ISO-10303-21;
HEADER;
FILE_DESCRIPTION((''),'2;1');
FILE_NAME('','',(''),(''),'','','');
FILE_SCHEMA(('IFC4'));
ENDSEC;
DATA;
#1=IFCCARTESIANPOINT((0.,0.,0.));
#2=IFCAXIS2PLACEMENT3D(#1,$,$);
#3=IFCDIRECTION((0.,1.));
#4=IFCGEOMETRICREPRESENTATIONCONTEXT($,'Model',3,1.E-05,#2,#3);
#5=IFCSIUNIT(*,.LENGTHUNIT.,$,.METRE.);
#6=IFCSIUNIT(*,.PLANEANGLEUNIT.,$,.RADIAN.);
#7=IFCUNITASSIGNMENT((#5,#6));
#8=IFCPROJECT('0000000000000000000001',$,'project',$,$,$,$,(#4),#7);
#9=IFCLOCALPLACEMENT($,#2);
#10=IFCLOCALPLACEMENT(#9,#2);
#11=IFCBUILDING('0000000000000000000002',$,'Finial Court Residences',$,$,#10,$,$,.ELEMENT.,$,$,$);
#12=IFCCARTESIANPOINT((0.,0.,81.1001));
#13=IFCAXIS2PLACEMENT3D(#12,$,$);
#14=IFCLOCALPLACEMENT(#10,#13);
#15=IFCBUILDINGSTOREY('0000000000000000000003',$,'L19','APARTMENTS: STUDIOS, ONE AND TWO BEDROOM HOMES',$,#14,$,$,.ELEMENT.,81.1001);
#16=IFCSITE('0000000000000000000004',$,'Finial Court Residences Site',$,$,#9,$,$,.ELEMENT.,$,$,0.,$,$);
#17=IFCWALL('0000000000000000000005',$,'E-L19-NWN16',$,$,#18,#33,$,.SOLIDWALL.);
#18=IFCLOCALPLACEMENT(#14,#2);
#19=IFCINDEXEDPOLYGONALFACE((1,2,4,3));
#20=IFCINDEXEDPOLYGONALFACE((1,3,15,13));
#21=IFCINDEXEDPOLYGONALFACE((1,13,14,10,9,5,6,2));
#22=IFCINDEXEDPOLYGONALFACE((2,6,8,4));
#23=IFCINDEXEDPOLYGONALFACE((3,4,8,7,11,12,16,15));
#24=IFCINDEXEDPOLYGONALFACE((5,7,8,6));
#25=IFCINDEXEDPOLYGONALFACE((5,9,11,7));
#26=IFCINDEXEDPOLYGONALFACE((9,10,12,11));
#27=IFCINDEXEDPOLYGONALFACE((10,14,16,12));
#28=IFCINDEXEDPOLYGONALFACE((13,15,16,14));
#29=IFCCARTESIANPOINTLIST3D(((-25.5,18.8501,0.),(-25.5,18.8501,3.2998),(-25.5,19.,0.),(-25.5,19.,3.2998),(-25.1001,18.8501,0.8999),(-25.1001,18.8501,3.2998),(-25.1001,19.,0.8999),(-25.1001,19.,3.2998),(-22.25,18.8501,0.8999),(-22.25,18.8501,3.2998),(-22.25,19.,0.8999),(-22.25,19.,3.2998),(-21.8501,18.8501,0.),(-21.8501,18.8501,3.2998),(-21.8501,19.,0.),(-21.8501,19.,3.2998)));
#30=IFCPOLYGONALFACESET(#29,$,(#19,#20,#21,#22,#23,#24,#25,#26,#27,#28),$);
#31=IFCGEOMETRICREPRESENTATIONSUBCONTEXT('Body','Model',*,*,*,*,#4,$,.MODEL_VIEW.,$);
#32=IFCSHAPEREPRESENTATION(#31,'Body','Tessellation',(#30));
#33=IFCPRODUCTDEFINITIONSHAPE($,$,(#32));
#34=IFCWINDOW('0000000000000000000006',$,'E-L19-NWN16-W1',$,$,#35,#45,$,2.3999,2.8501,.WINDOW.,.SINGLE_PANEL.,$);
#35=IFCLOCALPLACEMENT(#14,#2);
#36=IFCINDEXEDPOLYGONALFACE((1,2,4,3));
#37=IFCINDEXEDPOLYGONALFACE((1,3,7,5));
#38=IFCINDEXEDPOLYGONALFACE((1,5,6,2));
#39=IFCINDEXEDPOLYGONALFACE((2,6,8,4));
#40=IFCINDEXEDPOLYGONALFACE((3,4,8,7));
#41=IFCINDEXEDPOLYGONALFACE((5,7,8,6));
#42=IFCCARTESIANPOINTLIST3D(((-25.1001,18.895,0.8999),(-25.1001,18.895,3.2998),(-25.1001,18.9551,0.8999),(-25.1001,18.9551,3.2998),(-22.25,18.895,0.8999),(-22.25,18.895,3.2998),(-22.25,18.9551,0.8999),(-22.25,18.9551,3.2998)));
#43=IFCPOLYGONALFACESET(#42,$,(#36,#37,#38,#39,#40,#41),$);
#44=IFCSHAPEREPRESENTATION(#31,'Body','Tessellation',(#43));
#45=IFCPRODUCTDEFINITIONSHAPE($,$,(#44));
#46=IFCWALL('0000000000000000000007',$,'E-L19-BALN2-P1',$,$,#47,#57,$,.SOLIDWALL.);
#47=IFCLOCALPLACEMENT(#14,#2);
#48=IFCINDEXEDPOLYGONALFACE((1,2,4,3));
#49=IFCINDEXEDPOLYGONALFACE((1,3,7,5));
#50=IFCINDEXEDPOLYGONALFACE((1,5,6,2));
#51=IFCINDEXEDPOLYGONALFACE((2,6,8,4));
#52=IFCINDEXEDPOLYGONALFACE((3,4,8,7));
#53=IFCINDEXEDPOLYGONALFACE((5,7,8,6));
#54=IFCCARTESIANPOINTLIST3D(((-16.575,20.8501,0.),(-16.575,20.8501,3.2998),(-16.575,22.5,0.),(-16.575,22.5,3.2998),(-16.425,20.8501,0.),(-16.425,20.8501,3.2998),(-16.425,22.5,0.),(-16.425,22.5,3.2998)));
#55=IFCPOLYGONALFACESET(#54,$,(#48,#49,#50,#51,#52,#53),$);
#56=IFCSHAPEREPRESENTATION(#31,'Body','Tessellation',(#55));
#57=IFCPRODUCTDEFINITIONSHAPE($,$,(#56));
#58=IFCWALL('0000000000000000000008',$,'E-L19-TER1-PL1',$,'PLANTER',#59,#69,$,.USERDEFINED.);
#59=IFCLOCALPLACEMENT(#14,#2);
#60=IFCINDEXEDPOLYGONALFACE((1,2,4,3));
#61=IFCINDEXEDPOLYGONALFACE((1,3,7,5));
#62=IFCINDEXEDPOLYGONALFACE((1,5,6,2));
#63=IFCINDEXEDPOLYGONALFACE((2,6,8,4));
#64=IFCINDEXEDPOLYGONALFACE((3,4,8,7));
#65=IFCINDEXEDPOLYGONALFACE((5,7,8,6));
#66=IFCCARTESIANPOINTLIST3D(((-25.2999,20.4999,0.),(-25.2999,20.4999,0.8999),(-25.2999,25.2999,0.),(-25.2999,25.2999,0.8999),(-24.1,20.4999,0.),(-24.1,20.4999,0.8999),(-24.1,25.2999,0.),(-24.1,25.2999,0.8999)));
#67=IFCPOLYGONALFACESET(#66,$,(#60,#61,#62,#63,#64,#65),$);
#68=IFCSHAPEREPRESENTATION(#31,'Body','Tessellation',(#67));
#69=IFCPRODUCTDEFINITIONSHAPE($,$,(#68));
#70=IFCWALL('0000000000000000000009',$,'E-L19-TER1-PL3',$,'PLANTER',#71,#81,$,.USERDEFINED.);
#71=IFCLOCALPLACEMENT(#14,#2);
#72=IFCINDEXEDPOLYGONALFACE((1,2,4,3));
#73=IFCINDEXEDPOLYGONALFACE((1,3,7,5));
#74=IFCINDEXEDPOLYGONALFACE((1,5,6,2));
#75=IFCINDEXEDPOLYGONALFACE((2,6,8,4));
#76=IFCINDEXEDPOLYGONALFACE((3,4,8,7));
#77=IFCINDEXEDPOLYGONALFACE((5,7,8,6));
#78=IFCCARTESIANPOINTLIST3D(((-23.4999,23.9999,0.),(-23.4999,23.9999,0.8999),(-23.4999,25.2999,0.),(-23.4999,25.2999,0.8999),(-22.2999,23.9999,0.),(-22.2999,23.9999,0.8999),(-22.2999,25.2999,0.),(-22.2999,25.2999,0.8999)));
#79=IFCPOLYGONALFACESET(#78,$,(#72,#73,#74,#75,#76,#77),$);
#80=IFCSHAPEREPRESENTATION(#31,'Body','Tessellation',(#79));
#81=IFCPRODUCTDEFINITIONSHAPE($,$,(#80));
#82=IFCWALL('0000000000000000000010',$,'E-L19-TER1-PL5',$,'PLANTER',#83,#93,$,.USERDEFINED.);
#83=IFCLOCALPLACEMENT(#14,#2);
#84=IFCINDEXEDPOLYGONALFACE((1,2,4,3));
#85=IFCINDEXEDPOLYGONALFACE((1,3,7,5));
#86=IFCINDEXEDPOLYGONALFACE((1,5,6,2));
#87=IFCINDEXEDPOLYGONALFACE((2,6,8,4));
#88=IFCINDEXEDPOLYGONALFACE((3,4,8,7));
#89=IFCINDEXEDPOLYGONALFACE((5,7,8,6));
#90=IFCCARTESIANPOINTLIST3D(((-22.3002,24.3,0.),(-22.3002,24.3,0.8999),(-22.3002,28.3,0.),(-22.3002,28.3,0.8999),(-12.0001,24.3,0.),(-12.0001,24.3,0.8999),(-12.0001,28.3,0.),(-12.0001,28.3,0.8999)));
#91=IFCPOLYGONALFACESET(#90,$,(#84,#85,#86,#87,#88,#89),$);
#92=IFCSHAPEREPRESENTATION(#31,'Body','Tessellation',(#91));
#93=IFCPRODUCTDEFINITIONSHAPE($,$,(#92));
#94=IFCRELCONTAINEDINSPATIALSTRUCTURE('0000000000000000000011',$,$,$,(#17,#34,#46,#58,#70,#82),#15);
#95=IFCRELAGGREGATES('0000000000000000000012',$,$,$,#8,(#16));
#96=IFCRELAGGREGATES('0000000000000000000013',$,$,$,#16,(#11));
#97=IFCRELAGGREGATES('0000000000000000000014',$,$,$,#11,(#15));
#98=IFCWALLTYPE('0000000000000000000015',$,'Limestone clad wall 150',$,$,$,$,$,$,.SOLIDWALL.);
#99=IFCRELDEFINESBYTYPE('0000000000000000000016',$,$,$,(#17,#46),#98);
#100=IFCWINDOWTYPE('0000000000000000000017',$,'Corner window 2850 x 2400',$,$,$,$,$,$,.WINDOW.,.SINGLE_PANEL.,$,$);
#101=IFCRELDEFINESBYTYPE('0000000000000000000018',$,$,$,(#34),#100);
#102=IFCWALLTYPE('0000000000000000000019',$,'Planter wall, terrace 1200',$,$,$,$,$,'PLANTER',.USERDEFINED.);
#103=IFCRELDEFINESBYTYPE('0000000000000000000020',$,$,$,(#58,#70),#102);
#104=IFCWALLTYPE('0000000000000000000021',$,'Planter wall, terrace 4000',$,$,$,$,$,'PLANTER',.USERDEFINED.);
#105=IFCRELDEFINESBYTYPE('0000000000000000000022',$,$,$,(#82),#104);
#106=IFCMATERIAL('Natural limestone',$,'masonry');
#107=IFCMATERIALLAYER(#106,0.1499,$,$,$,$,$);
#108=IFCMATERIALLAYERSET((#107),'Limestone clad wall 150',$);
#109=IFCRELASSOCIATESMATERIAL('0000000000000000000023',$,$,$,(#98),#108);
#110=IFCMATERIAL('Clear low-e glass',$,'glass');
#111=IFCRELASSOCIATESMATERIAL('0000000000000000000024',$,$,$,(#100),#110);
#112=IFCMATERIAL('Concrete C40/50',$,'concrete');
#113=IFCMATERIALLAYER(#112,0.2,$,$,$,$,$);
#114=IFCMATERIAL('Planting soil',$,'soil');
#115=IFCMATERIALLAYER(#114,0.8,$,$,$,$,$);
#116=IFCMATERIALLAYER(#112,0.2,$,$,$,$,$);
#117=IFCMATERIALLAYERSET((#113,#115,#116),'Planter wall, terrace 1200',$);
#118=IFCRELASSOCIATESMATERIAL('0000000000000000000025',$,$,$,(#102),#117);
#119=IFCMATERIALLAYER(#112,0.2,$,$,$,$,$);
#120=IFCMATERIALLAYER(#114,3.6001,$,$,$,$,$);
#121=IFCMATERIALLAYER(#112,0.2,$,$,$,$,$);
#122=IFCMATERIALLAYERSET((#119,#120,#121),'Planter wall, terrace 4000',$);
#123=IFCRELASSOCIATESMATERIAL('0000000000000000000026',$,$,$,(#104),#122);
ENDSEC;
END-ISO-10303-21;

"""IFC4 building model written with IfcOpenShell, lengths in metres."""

from ifc_helpers import new_model, si_unit, direction, frame, frame_2d, origin, place, context, subcontext, project, spatial, rectangle, extrude, material, layer, layer_set, type_object, element, fill, save


model = new_model("IFC4")

# Units and contexts
model_context = context("Model", 3, precision=1e-05, world=origin(), true_north=direction((0.0, 1.0)))
body_context = subcontext(model_context, "Body", "Model", "MODEL_VIEW")
ifc_project = project(units=[si_unit("LENGTHUNIT", "METRE"), si_unit("PLANEANGLEUNIT", "RADIAN")], contexts=[model_context])

# Site, building, storey
site_placement = place(None, origin())
site = spatial("IfcSite", under=ifc_project, at=site_placement, Name="Finial Court Residences Site", CompositionType="ELEMENT", RefElevation=0.0)
building_placement = place(site_placement, origin())
building = spatial("IfcBuilding", under=site, at=building_placement, Name="Finial Court Residences", CompositionType="ELEMENT")
storey_placement = place(building_placement, frame((0.0, 0.0, 81.1001)))
storey = spatial("IfcBuildingStorey", under=building, at=storey_placement, Name="L19", Description="APARTMENTS: STUDIOS, ONE AND TWO BEDROOM HOMES", CompositionType="ELEMENT", Elevation=81.1001)

# Shared definitions
ifc_material_1 = material(Name="Clear low-e glass", Category="glass")

# Wall, opening, window
ifc_material_2 = material(Name="Natural limestone", Category="masonry")
ifc_layer_1 = layer(ifc_material_2, 0.1499)
ifc_layer_set_1 = layer_set([ifc_layer_1], Name="Limestone clad wall 150")
wall_type_1 = type_object("IfcWallType", Name="Limestone clad wall 150", PredefinedType="SOLIDWALL", material=ifc_layer_set_1)
wall_1_placement = place(storey_placement, frame((-25.5, 18.925, 0.0), z_axis=(0.0, 0.0, 1.0), x_axis=(1.0, 0.0, 0.0)))
wall_1 = element("IfcWall", 1, at=wall_1_placement, inside=storey, type_object=wall_type_1, Name="E-L19-NWN16", PredefinedType="SOLIDWALL", context=body_context, shape_type="SweptSolid", body=[
    extrude(rectangle(XDim=3.6499, YDim=0.1499, at=frame_2d((1.825, 0.0))), origin(), (0.0, 0.0, 1.0), 3.2998),
])
opening_1_placement = place(wall_1_placement, frame((0.3999, 0.0, 0.8999)))
opening_1 = element("IfcOpeningElement", 2, at=opening_1_placement, cuts=wall_1, PredefinedType="OPENING", context=body_context, shape_type="SweptSolid", body=[
    extrude(rectangle(XDim=2.8501, YDim=2.3999, at=frame_2d((1.425, 1.2))), frame((0.0, 0.085, 0.0), z_axis=(0.0, -1.0, 0.0), x_axis=(1.0, 0.0, 0.0)), (0.0, 0.0, 1.0), 0.1699),
])
window_type_1 = type_object("IfcWindowType", Name="Corner window 2850 x 2400", PartitioningType="SINGLE_PANEL", PredefinedType="WINDOW", material=ifc_material_1)
window_1_placement = place(opening_1_placement, origin())
window_1 = element("IfcWindow", 3, at=window_1_placement, inside=storey, type_object=window_type_1, Name="E-L19-NWN16-W1", OverallHeight=2.3999, OverallWidth=2.8501, PartitioningType="SINGLE_PANEL", PredefinedType="WINDOW", context=body_context, shape_type="SweptSolid", body=[
    extrude(rectangle(XDim=2.8501, YDim=2.3999, at=frame_2d((1.425, 1.2))), frame((0.0, 0.03, 0.0), z_axis=(0.0, -1.0, 0.0), x_axis=(1.0, 0.0, 0.0)), (0.0, 0.0, 1.0), 0.0601),
])
fill(opening_1, window_1)

# Wall
wall_2_placement = place(storey_placement, frame((-16.5, 20.8501, 0.0), z_axis=(0.0, 0.0, 1.0), x_axis=(0.0, 1.0, 0.0)))
element("IfcWall", 4, at=wall_2_placement, inside=storey, type_object=wall_type_1, Name="E-L19-BALN2-P1", PredefinedType="SOLIDWALL", context=body_context, shape_type="SweptSolid", body=[
    extrude(rectangle(XDim=1.6499, YDim=0.1499, at=frame_2d((0.825, 0.0))), origin(), (0.0, 0.0, 1.0), 3.2998),
])

# Walls
ifc_material_3 = material(Name="Concrete C40/50", Category="concrete")
ifc_layer_2 = layer(ifc_material_3, 0.2)
ifc_material_4 = material(Name="Planting soil", Category="soil")
ifc_layer_3 = layer(ifc_material_4, 0.8)
ifc_layer_4 = layer(ifc_material_3, 0.2)
ifc_layer_set_2 = layer_set([ifc_layer_2, ifc_layer_3, ifc_layer_4], Name="Planter wall, terrace 1200")
wall_type_2 = type_object("IfcWallType", Name="Planter wall, terrace 1200", ElementType="PLANTER", PredefinedType="USERDEFINED", material=ifc_layer_set_2)
wall_3_placement = place(storey_placement, frame((-24.7, 20.5, 0.0), z_axis=(0.0, 0.0, 1.0), x_axis=(0.0, 1.0, 0.0)))
element("IfcWall", 5, at=wall_3_placement, inside=storey, type_object=wall_type_2, Name="E-L19-TER1-PL1", ObjectType="PLANTER", PredefinedType="USERDEFINED", context=body_context, shape_type="SweptSolid", body=[
    extrude(rectangle(XDim=4.8, YDim=1.2, at=frame_2d((2.3999, 0.0))), origin(), (0.0, 0.0, 1.0), 0.8999),
])
wall_4_placement = place(storey_placement, frame((-22.8999, 24.0, 0.0), z_axis=(0.0, 0.0, 1.0), x_axis=(0.0, 1.0, 0.0)))
element("IfcWall", 6, at=wall_4_placement, inside=storey, type_object=wall_type_2, Name="E-L19-TER1-PL3", ObjectType="PLANTER", PredefinedType="USERDEFINED", context=body_context, shape_type="SweptSolid", body=[
    extrude(rectangle(XDim=1.3, YDim=1.2, at=frame_2d((0.6499, 0.0))), origin(), (0.0, 0.0, 1.0), 0.8999),
])
ifc_layer_5 = layer(ifc_material_3, 0.2)
ifc_layer_6 = layer(ifc_material_4, 3.6001)
ifc_layer_7 = layer(ifc_material_3, 0.2)
ifc_layer_set_3 = layer_set([ifc_layer_5, ifc_layer_6, ifc_layer_7], Name="Planter wall, terrace 4000")
wall_type_3 = type_object("IfcWallType", Name="Planter wall, terrace 4000", ElementType="PLANTER", PredefinedType="USERDEFINED", material=ifc_layer_set_3)
wall_5_placement = place(storey_placement, frame((-22.3, 26.3, 0.0), z_axis=(0.0, 0.0, 1.0), x_axis=(1.0, 0.0, 0.0)))
element("IfcWall", 7, at=wall_5_placement, inside=storey, type_object=wall_type_3, Name="E-L19-TER1-PL5", ObjectType="PLANTER", PredefinedType="USERDEFINED", context=body_context, shape_type="SweptSolid", body=[
    extrude(rectangle(XDim=10.3, YDim=4.0, at=frame_2d((5.1499, 0.0))), origin(), (0.0, 0.0, 1.0), 0.8999),
])

save(model, "model.ifc")
